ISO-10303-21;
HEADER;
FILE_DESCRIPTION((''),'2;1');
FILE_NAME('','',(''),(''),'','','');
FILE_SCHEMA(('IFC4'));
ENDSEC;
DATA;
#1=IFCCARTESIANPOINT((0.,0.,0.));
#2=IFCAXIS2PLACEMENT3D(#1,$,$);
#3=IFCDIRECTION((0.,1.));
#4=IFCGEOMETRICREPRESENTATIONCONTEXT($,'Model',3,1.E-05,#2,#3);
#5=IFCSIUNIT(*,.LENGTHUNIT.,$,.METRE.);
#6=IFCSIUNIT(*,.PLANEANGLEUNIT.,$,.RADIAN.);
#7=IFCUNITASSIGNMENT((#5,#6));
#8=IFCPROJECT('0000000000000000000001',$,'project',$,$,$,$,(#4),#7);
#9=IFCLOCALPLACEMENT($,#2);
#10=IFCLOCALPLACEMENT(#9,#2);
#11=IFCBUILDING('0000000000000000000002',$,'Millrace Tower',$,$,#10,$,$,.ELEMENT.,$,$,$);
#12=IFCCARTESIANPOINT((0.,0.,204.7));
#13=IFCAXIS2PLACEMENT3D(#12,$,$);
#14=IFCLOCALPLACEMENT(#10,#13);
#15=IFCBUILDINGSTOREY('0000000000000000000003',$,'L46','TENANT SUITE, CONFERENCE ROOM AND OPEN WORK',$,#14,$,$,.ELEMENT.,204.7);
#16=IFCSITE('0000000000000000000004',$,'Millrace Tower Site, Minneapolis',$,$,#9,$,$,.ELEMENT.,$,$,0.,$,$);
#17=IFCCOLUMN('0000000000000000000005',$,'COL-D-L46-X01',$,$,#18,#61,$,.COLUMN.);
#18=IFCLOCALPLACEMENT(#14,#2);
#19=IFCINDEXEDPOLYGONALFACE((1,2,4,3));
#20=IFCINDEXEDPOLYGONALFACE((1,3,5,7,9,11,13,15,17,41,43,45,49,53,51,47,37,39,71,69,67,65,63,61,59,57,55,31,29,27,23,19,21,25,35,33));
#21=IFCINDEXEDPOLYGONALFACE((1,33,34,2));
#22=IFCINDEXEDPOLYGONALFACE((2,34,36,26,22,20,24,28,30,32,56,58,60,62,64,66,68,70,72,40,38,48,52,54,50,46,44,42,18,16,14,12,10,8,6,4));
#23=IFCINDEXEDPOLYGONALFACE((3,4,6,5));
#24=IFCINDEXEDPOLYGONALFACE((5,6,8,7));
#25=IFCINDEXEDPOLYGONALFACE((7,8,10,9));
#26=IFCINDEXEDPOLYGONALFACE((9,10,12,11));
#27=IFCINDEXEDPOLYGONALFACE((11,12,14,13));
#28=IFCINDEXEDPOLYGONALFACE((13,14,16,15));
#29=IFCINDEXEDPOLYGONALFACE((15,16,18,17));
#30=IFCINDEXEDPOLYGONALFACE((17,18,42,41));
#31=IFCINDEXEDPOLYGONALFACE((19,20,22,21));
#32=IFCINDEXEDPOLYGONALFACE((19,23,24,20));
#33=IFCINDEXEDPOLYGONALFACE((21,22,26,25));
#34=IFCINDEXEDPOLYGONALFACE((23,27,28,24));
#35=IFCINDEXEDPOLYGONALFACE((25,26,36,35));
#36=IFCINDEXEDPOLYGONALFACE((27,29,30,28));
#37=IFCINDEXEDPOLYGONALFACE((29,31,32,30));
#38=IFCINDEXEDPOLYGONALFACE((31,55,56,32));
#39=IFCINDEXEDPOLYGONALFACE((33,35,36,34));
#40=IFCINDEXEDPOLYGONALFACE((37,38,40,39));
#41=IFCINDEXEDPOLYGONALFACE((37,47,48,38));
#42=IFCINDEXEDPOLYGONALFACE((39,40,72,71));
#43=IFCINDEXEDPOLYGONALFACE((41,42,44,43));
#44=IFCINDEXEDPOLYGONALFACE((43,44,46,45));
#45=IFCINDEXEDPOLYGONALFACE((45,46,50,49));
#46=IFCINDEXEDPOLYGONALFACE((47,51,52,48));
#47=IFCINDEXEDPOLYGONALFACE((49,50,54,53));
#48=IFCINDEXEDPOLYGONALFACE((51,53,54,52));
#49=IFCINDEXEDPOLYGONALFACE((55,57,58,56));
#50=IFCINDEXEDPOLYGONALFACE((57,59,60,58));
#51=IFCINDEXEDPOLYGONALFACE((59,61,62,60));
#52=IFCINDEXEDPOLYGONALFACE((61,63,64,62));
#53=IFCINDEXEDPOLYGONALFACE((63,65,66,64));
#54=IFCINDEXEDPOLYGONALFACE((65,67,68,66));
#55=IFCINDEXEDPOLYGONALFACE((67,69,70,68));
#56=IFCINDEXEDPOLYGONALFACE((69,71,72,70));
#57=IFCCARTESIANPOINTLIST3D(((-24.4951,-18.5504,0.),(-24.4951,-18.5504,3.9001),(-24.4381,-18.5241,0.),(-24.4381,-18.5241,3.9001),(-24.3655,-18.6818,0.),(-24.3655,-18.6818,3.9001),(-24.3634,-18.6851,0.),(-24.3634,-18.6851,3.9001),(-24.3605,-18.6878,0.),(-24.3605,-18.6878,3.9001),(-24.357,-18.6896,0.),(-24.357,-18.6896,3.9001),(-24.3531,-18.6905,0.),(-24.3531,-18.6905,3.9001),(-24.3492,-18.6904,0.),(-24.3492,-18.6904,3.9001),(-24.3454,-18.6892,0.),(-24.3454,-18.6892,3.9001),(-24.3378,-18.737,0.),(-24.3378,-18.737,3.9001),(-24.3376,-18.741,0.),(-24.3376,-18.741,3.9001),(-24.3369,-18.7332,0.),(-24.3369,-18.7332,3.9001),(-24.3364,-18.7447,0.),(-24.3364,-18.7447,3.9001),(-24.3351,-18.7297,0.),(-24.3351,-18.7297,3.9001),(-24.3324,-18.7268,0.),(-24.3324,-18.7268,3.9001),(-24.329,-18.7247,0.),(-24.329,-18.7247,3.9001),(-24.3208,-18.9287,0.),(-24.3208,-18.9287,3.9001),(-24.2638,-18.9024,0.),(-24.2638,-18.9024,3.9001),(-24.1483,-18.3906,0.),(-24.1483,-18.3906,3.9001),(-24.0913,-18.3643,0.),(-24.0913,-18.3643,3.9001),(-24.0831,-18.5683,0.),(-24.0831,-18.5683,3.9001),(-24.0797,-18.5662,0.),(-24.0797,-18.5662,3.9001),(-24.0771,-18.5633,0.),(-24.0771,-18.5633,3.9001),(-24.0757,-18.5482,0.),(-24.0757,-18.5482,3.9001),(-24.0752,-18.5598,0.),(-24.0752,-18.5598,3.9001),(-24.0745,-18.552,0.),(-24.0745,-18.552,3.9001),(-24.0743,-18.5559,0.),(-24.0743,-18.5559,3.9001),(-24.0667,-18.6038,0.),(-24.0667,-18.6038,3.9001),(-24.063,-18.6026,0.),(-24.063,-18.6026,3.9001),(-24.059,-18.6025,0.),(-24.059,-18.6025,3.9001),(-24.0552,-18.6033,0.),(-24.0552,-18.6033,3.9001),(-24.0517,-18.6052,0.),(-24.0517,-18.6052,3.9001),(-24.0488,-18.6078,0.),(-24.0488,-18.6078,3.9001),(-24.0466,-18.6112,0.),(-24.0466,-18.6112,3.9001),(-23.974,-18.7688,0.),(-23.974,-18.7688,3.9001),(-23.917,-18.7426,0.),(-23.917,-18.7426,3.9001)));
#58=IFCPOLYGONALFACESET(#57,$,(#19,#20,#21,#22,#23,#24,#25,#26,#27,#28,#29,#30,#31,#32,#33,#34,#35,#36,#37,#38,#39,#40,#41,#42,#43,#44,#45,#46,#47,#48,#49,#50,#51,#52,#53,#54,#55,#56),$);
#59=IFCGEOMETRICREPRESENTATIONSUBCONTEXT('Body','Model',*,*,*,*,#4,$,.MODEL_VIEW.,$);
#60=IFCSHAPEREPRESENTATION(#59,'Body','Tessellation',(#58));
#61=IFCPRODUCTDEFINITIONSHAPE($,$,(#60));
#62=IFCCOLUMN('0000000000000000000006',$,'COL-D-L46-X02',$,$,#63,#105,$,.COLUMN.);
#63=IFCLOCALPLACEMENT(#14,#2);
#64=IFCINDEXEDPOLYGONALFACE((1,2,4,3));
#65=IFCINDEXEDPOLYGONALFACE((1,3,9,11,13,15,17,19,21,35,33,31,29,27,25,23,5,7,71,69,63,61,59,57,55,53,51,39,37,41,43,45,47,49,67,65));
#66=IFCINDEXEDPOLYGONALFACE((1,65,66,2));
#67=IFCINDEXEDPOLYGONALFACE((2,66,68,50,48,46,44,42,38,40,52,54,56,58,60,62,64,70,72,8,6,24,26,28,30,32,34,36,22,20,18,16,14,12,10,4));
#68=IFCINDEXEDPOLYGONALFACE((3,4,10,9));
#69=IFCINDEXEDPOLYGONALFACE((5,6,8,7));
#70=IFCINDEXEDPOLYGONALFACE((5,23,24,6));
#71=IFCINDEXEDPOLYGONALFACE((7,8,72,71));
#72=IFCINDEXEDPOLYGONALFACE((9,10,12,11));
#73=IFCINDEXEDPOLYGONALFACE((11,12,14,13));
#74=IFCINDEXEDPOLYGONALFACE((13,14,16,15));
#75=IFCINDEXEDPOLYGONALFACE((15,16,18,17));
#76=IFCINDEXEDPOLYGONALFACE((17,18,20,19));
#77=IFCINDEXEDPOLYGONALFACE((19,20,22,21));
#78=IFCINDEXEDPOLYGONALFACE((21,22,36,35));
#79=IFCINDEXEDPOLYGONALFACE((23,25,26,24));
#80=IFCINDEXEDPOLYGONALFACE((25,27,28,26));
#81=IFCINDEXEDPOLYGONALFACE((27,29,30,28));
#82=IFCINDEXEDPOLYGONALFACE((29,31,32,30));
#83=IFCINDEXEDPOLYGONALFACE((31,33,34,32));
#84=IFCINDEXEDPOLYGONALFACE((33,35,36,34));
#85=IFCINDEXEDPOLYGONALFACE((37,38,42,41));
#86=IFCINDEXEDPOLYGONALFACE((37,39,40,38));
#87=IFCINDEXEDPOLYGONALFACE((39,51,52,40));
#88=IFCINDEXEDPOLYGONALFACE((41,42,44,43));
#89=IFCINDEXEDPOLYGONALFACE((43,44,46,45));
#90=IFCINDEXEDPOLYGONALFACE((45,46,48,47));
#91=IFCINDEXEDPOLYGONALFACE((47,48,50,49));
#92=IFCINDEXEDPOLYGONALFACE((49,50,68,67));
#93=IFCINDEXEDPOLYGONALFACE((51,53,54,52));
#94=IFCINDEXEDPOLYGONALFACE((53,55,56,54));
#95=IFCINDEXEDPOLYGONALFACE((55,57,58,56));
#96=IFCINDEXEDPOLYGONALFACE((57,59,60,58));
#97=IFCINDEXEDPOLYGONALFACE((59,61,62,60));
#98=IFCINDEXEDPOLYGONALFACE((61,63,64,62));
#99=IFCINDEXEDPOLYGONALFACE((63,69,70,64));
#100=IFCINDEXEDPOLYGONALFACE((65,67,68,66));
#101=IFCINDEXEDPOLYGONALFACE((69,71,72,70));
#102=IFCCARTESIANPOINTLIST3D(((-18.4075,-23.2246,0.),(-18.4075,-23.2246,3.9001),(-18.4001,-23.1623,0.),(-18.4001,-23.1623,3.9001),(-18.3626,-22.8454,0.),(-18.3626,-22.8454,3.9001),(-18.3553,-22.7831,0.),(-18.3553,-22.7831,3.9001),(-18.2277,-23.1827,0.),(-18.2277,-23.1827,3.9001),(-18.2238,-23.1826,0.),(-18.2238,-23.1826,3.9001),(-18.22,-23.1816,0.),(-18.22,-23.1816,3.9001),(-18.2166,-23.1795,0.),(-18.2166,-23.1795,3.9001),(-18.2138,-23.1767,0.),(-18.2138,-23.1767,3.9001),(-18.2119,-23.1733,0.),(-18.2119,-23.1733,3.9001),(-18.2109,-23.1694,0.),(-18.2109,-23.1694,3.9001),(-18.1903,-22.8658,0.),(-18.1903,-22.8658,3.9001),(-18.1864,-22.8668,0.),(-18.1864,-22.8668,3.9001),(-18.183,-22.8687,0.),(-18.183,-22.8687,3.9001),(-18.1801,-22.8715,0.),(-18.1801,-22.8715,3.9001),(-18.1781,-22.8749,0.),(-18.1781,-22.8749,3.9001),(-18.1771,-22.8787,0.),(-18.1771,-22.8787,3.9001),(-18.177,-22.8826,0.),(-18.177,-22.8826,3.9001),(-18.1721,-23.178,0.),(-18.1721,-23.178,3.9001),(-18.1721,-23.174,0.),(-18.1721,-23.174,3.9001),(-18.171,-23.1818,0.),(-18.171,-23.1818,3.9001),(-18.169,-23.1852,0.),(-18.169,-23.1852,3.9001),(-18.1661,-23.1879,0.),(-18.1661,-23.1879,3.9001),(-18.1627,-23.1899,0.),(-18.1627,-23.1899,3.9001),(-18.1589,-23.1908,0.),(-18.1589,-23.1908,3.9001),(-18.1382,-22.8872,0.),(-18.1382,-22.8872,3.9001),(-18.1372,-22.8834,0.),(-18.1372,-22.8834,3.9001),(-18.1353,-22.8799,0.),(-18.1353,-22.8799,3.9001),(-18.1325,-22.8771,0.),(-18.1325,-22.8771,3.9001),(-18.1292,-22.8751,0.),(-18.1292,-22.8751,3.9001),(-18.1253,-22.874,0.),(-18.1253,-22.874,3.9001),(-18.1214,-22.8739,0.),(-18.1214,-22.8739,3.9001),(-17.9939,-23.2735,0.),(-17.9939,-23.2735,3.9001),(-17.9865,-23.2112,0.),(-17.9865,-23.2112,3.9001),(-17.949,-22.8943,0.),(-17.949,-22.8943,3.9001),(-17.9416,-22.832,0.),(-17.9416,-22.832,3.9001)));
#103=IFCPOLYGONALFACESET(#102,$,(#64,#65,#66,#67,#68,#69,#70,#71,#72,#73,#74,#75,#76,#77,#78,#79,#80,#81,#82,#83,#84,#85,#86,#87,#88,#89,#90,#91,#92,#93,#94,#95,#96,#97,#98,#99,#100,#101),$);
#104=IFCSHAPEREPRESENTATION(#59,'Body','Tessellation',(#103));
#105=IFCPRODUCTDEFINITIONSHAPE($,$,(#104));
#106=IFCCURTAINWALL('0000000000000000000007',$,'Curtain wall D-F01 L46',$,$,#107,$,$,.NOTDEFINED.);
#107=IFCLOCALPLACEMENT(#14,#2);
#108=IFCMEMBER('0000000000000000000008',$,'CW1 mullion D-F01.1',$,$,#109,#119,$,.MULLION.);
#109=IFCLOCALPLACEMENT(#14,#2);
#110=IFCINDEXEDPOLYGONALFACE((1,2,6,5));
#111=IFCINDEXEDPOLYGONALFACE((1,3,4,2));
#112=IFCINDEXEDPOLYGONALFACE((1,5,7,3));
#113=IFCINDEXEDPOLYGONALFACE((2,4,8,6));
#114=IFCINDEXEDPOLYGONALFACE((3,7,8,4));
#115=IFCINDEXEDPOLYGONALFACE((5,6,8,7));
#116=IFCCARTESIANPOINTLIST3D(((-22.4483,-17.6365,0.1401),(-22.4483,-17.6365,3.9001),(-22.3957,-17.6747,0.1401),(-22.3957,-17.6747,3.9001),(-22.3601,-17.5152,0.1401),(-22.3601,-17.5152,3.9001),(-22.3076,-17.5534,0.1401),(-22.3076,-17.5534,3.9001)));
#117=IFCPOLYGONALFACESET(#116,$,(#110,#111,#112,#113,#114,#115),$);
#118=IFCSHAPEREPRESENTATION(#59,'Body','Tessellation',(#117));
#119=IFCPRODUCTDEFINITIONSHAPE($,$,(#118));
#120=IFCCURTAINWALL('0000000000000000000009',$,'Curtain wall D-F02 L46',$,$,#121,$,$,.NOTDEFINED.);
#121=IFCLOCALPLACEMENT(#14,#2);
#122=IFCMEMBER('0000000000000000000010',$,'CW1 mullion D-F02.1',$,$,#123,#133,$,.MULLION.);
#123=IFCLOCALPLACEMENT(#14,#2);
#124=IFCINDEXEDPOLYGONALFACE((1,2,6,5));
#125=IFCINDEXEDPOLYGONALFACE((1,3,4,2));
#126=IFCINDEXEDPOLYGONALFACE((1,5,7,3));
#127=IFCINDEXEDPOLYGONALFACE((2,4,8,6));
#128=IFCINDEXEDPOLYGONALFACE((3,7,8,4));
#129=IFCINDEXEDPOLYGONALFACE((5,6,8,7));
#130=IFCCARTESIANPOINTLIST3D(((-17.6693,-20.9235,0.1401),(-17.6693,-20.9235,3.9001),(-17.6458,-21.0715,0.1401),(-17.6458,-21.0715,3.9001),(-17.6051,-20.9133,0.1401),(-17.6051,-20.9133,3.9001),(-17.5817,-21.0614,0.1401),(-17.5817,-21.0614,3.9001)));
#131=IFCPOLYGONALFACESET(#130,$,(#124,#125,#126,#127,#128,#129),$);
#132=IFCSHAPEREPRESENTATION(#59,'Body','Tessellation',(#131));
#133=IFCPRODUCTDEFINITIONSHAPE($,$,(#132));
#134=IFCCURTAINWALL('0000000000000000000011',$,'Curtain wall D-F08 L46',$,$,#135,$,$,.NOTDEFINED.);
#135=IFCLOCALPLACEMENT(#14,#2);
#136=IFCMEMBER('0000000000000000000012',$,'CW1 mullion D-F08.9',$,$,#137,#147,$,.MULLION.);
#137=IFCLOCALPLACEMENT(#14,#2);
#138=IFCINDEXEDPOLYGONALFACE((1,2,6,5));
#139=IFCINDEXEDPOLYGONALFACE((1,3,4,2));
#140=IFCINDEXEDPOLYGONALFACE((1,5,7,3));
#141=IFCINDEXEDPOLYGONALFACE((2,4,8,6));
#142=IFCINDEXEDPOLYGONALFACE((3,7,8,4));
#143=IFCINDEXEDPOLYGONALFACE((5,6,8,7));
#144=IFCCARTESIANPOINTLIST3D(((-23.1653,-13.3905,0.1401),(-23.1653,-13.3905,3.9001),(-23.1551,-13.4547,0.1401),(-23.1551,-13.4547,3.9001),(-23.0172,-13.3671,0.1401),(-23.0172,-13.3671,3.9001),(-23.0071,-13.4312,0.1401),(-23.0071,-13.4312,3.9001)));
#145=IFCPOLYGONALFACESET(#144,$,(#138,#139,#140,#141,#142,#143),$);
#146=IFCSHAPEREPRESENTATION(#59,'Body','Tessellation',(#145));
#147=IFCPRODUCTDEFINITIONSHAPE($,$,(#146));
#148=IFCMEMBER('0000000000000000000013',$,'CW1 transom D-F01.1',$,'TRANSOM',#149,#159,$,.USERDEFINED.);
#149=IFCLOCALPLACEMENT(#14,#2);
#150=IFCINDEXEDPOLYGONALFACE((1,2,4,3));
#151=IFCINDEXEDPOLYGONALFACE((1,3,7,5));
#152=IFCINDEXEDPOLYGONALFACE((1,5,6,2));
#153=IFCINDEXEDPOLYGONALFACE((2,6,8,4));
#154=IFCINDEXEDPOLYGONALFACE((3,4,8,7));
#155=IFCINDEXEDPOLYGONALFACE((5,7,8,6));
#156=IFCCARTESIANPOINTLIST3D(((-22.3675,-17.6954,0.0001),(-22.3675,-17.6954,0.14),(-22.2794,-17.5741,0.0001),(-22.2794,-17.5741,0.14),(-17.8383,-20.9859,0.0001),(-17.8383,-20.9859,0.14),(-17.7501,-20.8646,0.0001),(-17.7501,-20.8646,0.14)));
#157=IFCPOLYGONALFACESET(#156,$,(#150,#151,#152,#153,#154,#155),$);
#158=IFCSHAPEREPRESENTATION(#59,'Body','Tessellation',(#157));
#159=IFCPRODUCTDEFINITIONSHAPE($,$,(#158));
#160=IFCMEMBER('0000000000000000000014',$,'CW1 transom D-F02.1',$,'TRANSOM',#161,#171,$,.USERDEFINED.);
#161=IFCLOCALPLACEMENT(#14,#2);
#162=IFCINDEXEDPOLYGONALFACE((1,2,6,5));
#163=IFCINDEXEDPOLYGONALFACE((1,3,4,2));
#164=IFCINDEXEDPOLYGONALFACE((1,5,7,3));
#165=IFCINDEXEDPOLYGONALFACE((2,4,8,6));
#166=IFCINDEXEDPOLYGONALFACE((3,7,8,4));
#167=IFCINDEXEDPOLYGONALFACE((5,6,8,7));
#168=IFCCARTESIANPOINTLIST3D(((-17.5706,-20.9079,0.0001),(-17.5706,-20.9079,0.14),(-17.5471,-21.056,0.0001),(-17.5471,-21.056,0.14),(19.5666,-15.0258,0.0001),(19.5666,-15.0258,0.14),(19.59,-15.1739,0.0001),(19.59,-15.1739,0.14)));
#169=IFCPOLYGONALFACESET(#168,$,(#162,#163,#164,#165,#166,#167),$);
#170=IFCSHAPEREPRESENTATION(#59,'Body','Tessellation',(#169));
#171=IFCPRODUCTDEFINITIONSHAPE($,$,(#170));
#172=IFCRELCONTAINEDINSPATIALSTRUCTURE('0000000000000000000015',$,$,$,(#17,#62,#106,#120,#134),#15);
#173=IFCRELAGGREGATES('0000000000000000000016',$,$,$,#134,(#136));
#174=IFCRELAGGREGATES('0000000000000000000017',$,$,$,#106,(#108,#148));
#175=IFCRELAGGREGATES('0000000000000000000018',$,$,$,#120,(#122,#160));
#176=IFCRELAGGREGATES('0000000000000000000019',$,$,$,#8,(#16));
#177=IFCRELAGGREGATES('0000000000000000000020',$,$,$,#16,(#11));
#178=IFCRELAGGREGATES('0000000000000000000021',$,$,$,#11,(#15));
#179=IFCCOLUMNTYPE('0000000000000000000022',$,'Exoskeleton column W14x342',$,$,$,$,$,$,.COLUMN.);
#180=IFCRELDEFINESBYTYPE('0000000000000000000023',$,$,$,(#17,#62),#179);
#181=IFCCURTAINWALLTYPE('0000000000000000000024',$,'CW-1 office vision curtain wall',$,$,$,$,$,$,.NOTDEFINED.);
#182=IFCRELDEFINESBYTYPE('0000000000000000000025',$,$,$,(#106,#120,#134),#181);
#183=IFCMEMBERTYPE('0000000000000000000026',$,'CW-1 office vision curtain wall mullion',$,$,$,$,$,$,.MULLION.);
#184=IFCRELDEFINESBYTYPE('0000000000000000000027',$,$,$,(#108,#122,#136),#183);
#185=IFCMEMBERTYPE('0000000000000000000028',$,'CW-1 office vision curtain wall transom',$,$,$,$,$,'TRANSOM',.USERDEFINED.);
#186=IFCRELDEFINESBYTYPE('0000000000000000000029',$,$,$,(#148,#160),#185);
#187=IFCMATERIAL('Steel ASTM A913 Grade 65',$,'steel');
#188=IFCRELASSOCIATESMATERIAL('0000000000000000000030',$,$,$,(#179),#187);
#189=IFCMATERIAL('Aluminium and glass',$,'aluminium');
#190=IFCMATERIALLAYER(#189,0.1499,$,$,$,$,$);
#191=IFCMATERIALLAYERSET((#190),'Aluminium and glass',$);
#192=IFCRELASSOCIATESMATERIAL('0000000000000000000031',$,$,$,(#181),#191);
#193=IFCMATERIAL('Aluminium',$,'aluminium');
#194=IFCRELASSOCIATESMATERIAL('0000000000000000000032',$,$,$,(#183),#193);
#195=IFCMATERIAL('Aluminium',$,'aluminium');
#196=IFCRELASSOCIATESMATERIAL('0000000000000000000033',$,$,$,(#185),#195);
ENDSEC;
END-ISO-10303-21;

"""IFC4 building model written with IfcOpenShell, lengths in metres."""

from ifc_helpers import new_model, si_unit, direction, frame, origin, origin_2d, place, context, subcontext, project, spatial, rectangle, i_section, extrude, material, layer, layer_set, material_profile, profile_set, type_object, element, aggregate, save


model = new_model("IFC4")

# Units and contexts
model_context = context("Model", 3, precision=1e-05, world=origin(), true_north=direction((0.0, 1.0)))
body_context = subcontext(model_context, "Body", "Model", "MODEL_VIEW")
ifc_project = project(units=[si_unit("LENGTHUNIT", "METRE"), si_unit("PLANEANGLEUNIT", "RADIAN")], contexts=[model_context])

# Site, building, storey
site_placement = place(None, origin())
site = spatial("IfcSite", under=ifc_project, at=site_placement, Name="Millrace Tower Site, Minneapolis", CompositionType="ELEMENT", RefElevation=0.0)
building_placement = place(site_placement, origin())
building = spatial("IfcBuilding", under=site, at=building_placement, Name="Millrace Tower", CompositionType="ELEMENT")
storey_placement = place(building_placement, frame((0.0, 0.0, 204.7)))
storey = spatial("IfcBuildingStorey", under=building, at=storey_placement, Name="L46", Description="TENANT SUITE, CONFERENCE ROOM AND OPEN WORK", CompositionType="ELEMENT", Elevation=204.7)

# Columns
ifc_material_1 = material(Name="Steel ASTM A913 Grade 65", Category="steel")
ifc_material_profile_1 = material_profile(ifc_material_1, i_section(OverallWidth=0.4165, OverallDepth=0.4446, WebThickness=0.0391, FlangeThickness=0.0627, FilletRadius=0.0151, at=origin_2d()))
ifc_profile_set_1 = profile_set([ifc_material_profile_1], Name="Steel ASTM A913 Grade 65")
column_type = type_object("IfcColumnType", Name="Exoskeleton column W14x342", PredefinedType="COLUMN", material=ifc_profile_set_1)
for number, where, z_axis, x_axis, name in (
    (1, (-24.2061, -18.6465, 0.0), (0.0, 0.0, 1.0), (0.418553, -0.908192, 0.0), "COL-D-L46-X01"),
    (2, (-18.1746, -23.0283, 0.0), (0.0, 0.0, 1.0), (0.993082, -0.117421, 0.0), "COL-D-L46-X02"),
):
    element("IfcColumn", number, at=place(storey_placement, frame(where, z_axis=z_axis, x_axis=x_axis)), inside=storey, type_object=column_type, Name=name, PredefinedType="COLUMN", context=body_context, shape_type="SweptSolid", body=[
        extrude(i_section(OverallWidth=0.4165, OverallDepth=0.4446, WebThickness=0.0391, FlangeThickness=0.0627, FilletRadius=0.0151, at=origin_2d()), origin(), (0.0, 0.0, 1.0), 3.9001),
    ])

# Curtain walls, members
ifc_material_2 = material(Name="Aluminium and glass", Category="aluminium")
ifc_layer_1 = layer(ifc_material_2, 0.1499)
ifc_layer_set_1 = layer_set([ifc_layer_1], Name="Aluminium and glass")
curtain_wall_type = type_object("IfcCurtainWallType", Name="CW-1 office vision curtain wall", PredefinedType="NOTDEFINED", material=ifc_layer_set_1)
placement = place(storey_placement, origin())
curtain_wall_1 = element("IfcCurtainWall", 3, at=placement, inside=storey, type_object=curtain_wall_type, Name="Curtain wall D-F01 L46", PredefinedType="NOTDEFINED")
ifc_material_3 = material(Name="Aluminium", Category="aluminium")
ifc_material_profile_2 = material_profile(ifc_material_3, rectangle(XDim=0.0649, YDim=0.1499, at=origin_2d()))
ifc_profile_set_2 = profile_set([ifc_material_profile_2], Name="Aluminium")
member_type_1 = type_object("IfcMemberType", Name="CW-1 office vision curtain wall mullion", PredefinedType="MULLION", material=ifc_profile_set_2)
member_1_placement = place(storey_placement, frame((-22.3779, -17.595, 0.1401), z_axis=(0.0, 0.0, 1.0), x_axis=(0.809017, -0.587785, 0.0)))
member_1 = element("IfcMember", 4, at=member_1_placement, type_object=member_type_1, Name="CW1 mullion D-F01.1", PredefinedType="MULLION", context=body_context, shape_type="SweptSolid", body=[
    extrude(rectangle(XDim=0.0649, YDim=0.1499, at=origin_2d()), origin(), (0.0, 0.0, 1.0), 3.76),
])
curtain_wall_2 = element("IfcCurtainWall", 5, at=placement, inside=storey, type_object=curtain_wall_type, Name="Curtain wall D-F02 L46", PredefinedType="NOTDEFINED")
member_2_placement = place(storey_placement, frame((-17.6255, -20.9924, 0.1401), z_axis=(0.0, 0.0, 1.0), x_axis=(0.987688, 0.156434, 0.0)))
member_2 = element("IfcMember", 6, at=member_2_placement, type_object=member_type_1, Name="CW1 mullion D-F02.1", PredefinedType="MULLION", context=body_context, shape_type="SweptSolid", body=[
    extrude(rectangle(XDim=0.0649, YDim=0.1499, at=origin_2d()), origin(), (0.0, 0.0, 1.0), 3.76),
])
curtain_wall_3 = element("IfcCurtainWall", 7, at=placement, inside=storey, type_object=curtain_wall_type, Name="Curtain wall D-F08 L46", PredefinedType="NOTDEFINED")
member_3_placement = place(storey_placement, frame((-23.0862, -13.4109, 0.1401), z_axis=(0.0, 0.0, 1.0), x_axis=(0.156434, -0.987688, 0.0)))
member_3 = element("IfcMember", 8, at=member_3_placement, type_object=member_type_1, Name="CW1 mullion D-F08.9", PredefinedType="MULLION", context=body_context, shape_type="SweptSolid", body=[
    extrude(rectangle(XDim=0.0649, YDim=0.1499, at=origin_2d()), origin(), (0.0, 0.0, 1.0), 3.76),
])
aggregate(curtain_wall_3, [member_3])

# Members
ifc_material_4 = material(Name="Aluminium", Category="aluminium")
ifc_material_profile_3 = material_profile(ifc_material_4, rectangle(XDim=0.1499, YDim=0.1399, at=origin_2d()))
ifc_profile_set_3 = profile_set([ifc_material_profile_3], Name="Aluminium")
member_type_2 = type_object("IfcMemberType", Name="CW-1 office vision curtain wall transom", ElementType="TRANSOM", PredefinedType="USERDEFINED", material=ifc_profile_set_3)
member_4_placement = place(storey_placement, frame((-22.3235, -17.6348, 0.0701), z_axis=(0.809034, -0.587762, 0.0), x_axis=(0.587762, 0.809034, 0.0)))
member_4 = element("IfcMember", 9, at=member_4_placement, type_object=member_type_2, Name="CW1 transom D-F01.1", ObjectType="TRANSOM", PredefinedType="USERDEFINED", context=body_context, shape_type="SweptSolid", body=[
    extrude(rectangle(XDim=0.1499, YDim=0.1399, at=origin_2d()), origin(), (0.0, 0.0, 1.0), 5.5984),
])
aggregate(curtain_wall_1, [member_1, member_4])
member_5_placement = place(storey_placement, frame((-17.5588, -20.9819, 0.0701), z_axis=(0.987688, 0.156438, 0.0), x_axis=(-0.156438, 0.987688, 0.0)))
member_5 = element("IfcMember", 10, at=member_5_placement, type_object=member_type_2, Name="CW1 transom D-F02.1", ObjectType="TRANSOM", PredefinedType="USERDEFINED", context=body_context, shape_type="SweptSolid", body=[
    extrude(rectangle(XDim=0.1499, YDim=0.1399, at=origin_2d()), origin(), (0.0, 0.0, 1.0), 37.6001),
])
aggregate(curtain_wall_2, [member_2, member_5])

save(model, "model.ifc")
